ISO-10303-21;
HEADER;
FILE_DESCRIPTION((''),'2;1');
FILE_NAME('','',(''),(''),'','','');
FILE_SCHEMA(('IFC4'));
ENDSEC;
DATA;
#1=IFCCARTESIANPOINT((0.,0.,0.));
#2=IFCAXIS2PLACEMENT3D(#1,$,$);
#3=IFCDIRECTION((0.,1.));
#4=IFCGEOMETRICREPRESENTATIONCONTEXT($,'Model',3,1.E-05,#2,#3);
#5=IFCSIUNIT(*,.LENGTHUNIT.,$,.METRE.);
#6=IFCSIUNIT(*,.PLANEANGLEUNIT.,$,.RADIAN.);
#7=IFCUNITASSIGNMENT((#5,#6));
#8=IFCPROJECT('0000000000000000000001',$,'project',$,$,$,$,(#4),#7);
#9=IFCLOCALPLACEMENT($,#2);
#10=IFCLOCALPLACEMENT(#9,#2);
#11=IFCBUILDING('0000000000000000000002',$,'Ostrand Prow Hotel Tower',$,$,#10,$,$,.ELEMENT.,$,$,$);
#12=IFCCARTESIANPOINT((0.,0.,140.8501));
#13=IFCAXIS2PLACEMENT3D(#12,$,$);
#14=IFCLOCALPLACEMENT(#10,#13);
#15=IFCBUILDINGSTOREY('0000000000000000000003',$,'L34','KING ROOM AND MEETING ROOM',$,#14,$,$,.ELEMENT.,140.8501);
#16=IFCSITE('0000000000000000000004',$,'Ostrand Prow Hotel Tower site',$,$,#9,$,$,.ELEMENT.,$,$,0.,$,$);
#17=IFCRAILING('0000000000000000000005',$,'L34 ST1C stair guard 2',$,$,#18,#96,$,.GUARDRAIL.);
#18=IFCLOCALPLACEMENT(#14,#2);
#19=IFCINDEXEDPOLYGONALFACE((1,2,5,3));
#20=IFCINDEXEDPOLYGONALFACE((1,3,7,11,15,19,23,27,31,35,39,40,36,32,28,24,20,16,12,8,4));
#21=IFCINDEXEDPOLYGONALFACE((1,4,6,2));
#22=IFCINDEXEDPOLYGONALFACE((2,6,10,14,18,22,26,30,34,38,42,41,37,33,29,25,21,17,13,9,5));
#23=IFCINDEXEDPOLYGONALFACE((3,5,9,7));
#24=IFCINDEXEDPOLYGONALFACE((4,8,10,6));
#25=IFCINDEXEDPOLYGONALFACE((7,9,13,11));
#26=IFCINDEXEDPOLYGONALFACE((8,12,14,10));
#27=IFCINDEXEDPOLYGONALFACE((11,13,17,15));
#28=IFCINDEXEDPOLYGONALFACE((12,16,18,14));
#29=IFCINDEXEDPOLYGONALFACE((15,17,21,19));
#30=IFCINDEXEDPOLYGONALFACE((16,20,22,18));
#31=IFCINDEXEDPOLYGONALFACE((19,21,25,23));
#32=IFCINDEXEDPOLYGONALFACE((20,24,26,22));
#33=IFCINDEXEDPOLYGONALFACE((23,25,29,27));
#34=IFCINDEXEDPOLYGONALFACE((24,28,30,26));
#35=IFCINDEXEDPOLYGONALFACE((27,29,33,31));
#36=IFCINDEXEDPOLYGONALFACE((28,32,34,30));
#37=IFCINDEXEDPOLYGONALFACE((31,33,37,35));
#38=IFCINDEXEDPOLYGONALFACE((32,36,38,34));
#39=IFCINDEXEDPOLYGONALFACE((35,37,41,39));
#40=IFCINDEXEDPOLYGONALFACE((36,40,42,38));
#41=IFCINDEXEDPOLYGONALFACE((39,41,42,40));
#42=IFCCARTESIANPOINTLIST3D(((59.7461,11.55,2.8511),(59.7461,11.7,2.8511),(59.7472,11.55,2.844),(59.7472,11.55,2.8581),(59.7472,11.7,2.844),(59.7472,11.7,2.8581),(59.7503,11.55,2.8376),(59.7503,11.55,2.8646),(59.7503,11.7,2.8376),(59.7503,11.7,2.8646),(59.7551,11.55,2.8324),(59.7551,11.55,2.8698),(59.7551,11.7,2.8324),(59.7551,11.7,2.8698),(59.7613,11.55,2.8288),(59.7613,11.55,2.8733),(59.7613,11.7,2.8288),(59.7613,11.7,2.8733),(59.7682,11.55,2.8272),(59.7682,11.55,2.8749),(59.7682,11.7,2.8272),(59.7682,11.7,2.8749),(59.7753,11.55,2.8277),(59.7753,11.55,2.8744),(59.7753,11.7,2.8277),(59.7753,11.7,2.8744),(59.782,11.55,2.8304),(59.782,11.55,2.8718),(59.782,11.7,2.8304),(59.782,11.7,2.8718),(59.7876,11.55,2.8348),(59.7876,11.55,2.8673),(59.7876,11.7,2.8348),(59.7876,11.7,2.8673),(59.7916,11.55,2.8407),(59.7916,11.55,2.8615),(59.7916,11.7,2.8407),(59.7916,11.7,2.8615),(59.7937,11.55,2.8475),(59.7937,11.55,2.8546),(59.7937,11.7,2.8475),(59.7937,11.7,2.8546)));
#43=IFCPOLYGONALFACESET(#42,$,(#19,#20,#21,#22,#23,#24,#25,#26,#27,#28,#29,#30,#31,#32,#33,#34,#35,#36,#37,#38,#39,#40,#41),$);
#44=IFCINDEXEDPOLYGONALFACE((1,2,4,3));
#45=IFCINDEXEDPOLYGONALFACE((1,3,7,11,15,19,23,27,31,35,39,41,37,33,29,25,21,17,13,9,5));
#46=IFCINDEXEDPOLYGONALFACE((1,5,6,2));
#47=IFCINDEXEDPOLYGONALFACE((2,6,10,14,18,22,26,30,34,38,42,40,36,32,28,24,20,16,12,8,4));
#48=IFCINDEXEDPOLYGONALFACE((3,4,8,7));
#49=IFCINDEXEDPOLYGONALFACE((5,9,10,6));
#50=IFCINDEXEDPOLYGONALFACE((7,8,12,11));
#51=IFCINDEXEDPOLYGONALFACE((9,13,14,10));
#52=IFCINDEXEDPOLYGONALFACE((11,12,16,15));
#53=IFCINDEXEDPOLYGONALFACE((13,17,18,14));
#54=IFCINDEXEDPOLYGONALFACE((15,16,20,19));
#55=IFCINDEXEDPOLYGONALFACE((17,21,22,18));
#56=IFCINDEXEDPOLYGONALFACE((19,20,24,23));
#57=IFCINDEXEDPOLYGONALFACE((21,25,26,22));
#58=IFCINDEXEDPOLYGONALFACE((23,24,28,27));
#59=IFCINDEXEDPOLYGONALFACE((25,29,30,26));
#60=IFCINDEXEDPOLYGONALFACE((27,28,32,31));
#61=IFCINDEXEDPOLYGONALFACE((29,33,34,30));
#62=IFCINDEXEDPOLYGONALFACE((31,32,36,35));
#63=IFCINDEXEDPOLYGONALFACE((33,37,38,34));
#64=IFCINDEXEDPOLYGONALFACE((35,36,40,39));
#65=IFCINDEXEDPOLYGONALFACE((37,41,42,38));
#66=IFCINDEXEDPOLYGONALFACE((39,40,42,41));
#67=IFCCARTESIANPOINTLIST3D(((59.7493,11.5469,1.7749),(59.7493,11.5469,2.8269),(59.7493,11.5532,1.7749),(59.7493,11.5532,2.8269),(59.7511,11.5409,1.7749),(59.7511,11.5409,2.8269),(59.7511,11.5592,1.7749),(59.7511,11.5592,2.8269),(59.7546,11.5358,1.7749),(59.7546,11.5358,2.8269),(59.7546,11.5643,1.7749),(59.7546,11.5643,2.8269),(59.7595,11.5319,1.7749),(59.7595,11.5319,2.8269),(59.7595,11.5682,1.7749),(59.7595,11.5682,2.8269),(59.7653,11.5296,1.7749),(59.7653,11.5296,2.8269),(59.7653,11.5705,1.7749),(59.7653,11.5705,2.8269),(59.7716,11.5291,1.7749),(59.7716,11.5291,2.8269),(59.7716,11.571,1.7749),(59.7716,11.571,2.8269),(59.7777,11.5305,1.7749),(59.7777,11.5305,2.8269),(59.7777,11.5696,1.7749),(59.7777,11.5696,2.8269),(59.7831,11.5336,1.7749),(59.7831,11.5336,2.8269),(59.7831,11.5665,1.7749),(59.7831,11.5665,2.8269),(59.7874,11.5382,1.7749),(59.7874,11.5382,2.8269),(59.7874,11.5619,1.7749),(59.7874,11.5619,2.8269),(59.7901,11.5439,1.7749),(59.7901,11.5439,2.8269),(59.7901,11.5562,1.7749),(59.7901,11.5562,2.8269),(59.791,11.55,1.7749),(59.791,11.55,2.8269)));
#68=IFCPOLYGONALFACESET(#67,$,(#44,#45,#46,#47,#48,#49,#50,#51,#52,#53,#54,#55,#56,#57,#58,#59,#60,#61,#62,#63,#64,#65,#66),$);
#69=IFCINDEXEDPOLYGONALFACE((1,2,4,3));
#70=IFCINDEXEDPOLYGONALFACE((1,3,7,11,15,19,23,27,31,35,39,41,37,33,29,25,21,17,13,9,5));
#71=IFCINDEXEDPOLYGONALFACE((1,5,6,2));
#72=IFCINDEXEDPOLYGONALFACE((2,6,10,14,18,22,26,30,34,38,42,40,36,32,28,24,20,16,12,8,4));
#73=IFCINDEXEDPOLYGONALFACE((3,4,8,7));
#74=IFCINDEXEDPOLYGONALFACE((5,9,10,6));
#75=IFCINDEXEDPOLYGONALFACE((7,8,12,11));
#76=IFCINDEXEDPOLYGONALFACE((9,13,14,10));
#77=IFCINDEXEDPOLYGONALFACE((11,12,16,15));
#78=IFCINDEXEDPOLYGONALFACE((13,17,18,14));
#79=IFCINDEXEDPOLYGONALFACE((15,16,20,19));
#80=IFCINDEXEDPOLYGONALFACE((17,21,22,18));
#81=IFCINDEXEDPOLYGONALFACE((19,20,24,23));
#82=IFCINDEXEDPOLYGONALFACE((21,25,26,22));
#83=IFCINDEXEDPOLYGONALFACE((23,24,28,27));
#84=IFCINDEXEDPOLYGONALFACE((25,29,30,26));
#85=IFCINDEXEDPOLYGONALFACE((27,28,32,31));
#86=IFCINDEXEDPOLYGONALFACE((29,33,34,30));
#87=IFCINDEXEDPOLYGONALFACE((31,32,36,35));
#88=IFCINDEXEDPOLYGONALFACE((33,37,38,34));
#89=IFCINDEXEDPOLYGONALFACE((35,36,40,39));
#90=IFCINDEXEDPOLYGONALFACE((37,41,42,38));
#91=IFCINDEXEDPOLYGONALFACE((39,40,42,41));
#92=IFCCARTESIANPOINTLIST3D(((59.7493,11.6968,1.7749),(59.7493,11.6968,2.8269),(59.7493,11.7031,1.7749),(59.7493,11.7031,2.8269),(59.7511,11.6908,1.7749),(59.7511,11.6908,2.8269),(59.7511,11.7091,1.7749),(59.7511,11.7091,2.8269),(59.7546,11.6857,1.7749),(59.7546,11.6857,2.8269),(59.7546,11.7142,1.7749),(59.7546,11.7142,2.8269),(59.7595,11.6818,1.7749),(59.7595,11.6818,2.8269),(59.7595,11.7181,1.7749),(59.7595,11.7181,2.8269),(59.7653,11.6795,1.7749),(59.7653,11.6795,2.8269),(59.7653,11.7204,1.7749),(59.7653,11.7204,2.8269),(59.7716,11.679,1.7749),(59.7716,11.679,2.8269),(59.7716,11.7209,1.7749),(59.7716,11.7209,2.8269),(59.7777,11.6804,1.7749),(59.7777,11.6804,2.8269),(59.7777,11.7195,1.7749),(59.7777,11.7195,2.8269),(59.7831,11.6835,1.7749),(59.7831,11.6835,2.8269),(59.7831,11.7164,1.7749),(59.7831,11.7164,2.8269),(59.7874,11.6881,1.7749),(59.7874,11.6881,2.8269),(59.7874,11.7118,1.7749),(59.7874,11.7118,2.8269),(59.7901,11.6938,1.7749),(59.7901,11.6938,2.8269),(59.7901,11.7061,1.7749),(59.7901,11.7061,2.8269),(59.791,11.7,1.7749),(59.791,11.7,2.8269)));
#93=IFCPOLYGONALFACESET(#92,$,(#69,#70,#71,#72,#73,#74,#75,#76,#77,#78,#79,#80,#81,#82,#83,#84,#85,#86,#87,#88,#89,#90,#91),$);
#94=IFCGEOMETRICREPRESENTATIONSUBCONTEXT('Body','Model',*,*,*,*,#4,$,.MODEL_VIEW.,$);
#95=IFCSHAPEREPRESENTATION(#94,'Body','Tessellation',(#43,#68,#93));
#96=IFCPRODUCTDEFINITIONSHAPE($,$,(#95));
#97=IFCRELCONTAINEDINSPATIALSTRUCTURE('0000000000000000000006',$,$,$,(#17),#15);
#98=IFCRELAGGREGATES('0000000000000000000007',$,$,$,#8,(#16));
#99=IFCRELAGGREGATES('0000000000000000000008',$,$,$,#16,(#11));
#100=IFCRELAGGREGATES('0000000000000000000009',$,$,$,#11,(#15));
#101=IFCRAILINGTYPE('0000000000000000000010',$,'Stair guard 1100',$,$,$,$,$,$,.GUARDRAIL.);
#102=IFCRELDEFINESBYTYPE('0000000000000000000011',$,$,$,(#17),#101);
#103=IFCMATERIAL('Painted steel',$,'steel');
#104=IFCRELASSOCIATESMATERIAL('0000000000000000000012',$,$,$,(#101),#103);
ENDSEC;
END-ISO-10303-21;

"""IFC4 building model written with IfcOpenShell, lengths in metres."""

from ifc_helpers import new_model, si_unit, direction, frame, origin, origin_2d, place, context, subcontext, project, spatial, circle, extrude, material, type_object, element, save


model = new_model("IFC4")

# Units and contexts
model_context = context("Model", 3, precision=1e-05, world=origin(), true_north=direction((0.0, 1.0)))
body_context = subcontext(model_context, "Body", "Model", "MODEL_VIEW")
ifc_project = project(units=[si_unit("LENGTHUNIT", "METRE"), si_unit("PLANEANGLEUNIT", "RADIAN")], contexts=[model_context])

# Site, building, storey
site_placement = place(None, origin())
site = spatial("IfcSite", under=ifc_project, at=site_placement, Name="Ostrand Prow Hotel Tower site", CompositionType="ELEMENT", RefElevation=0.0)
building_placement = place(site_placement, origin())
building = spatial("IfcBuilding", under=site, at=building_placement, Name="Ostrand Prow Hotel Tower", CompositionType="ELEMENT")
storey_placement = place(building_placement, frame((0.0, 0.0, 140.8501)))
storey = spatial("IfcBuildingStorey", under=building, at=storey_placement, Name="L34", Description="KING ROOM AND MEETING ROOM", CompositionType="ELEMENT", Elevation=140.8501)

# Railing
ifc_material_1 = material(Name="Painted steel", Category="steel")
railing_type_1 = type_object("IfcRailingType", Name="Stair guard 1100", PredefinedType="GUARDRAIL", material=ifc_material_1)
railing_1_placement = place(storey_placement, frame((59.77, 11.55, 1.7749)))
element("IfcRailing", 1, at=railing_1_placement, inside=storey, type_object=railing_type_1, Name="L34 ST1C stair guard 2", PredefinedType="GUARDRAIL", context=body_context, shape_type="SweptSolid", body=[
    extrude(circle(Radius=0.0239, at=origin_2d()), frame((0.0, 0.0, 1.0762), z_axis=(0.0, 1.0, 0.0), x_axis=(-1.0, 0.0, 0.0)), (0.0, 0.0, 1.0), 0.1499),
    extrude(circle(Radius=0.021, at=origin_2d()), origin(), (0.0, 0.0, 1.0), 1.052),
    extrude(circle(Radius=0.021, at=origin_2d()), frame((0.0, 0.1499, 0.0)), (0.0, 0.0, 1.0), 1.052),
])

save(model, "model.ifc")
